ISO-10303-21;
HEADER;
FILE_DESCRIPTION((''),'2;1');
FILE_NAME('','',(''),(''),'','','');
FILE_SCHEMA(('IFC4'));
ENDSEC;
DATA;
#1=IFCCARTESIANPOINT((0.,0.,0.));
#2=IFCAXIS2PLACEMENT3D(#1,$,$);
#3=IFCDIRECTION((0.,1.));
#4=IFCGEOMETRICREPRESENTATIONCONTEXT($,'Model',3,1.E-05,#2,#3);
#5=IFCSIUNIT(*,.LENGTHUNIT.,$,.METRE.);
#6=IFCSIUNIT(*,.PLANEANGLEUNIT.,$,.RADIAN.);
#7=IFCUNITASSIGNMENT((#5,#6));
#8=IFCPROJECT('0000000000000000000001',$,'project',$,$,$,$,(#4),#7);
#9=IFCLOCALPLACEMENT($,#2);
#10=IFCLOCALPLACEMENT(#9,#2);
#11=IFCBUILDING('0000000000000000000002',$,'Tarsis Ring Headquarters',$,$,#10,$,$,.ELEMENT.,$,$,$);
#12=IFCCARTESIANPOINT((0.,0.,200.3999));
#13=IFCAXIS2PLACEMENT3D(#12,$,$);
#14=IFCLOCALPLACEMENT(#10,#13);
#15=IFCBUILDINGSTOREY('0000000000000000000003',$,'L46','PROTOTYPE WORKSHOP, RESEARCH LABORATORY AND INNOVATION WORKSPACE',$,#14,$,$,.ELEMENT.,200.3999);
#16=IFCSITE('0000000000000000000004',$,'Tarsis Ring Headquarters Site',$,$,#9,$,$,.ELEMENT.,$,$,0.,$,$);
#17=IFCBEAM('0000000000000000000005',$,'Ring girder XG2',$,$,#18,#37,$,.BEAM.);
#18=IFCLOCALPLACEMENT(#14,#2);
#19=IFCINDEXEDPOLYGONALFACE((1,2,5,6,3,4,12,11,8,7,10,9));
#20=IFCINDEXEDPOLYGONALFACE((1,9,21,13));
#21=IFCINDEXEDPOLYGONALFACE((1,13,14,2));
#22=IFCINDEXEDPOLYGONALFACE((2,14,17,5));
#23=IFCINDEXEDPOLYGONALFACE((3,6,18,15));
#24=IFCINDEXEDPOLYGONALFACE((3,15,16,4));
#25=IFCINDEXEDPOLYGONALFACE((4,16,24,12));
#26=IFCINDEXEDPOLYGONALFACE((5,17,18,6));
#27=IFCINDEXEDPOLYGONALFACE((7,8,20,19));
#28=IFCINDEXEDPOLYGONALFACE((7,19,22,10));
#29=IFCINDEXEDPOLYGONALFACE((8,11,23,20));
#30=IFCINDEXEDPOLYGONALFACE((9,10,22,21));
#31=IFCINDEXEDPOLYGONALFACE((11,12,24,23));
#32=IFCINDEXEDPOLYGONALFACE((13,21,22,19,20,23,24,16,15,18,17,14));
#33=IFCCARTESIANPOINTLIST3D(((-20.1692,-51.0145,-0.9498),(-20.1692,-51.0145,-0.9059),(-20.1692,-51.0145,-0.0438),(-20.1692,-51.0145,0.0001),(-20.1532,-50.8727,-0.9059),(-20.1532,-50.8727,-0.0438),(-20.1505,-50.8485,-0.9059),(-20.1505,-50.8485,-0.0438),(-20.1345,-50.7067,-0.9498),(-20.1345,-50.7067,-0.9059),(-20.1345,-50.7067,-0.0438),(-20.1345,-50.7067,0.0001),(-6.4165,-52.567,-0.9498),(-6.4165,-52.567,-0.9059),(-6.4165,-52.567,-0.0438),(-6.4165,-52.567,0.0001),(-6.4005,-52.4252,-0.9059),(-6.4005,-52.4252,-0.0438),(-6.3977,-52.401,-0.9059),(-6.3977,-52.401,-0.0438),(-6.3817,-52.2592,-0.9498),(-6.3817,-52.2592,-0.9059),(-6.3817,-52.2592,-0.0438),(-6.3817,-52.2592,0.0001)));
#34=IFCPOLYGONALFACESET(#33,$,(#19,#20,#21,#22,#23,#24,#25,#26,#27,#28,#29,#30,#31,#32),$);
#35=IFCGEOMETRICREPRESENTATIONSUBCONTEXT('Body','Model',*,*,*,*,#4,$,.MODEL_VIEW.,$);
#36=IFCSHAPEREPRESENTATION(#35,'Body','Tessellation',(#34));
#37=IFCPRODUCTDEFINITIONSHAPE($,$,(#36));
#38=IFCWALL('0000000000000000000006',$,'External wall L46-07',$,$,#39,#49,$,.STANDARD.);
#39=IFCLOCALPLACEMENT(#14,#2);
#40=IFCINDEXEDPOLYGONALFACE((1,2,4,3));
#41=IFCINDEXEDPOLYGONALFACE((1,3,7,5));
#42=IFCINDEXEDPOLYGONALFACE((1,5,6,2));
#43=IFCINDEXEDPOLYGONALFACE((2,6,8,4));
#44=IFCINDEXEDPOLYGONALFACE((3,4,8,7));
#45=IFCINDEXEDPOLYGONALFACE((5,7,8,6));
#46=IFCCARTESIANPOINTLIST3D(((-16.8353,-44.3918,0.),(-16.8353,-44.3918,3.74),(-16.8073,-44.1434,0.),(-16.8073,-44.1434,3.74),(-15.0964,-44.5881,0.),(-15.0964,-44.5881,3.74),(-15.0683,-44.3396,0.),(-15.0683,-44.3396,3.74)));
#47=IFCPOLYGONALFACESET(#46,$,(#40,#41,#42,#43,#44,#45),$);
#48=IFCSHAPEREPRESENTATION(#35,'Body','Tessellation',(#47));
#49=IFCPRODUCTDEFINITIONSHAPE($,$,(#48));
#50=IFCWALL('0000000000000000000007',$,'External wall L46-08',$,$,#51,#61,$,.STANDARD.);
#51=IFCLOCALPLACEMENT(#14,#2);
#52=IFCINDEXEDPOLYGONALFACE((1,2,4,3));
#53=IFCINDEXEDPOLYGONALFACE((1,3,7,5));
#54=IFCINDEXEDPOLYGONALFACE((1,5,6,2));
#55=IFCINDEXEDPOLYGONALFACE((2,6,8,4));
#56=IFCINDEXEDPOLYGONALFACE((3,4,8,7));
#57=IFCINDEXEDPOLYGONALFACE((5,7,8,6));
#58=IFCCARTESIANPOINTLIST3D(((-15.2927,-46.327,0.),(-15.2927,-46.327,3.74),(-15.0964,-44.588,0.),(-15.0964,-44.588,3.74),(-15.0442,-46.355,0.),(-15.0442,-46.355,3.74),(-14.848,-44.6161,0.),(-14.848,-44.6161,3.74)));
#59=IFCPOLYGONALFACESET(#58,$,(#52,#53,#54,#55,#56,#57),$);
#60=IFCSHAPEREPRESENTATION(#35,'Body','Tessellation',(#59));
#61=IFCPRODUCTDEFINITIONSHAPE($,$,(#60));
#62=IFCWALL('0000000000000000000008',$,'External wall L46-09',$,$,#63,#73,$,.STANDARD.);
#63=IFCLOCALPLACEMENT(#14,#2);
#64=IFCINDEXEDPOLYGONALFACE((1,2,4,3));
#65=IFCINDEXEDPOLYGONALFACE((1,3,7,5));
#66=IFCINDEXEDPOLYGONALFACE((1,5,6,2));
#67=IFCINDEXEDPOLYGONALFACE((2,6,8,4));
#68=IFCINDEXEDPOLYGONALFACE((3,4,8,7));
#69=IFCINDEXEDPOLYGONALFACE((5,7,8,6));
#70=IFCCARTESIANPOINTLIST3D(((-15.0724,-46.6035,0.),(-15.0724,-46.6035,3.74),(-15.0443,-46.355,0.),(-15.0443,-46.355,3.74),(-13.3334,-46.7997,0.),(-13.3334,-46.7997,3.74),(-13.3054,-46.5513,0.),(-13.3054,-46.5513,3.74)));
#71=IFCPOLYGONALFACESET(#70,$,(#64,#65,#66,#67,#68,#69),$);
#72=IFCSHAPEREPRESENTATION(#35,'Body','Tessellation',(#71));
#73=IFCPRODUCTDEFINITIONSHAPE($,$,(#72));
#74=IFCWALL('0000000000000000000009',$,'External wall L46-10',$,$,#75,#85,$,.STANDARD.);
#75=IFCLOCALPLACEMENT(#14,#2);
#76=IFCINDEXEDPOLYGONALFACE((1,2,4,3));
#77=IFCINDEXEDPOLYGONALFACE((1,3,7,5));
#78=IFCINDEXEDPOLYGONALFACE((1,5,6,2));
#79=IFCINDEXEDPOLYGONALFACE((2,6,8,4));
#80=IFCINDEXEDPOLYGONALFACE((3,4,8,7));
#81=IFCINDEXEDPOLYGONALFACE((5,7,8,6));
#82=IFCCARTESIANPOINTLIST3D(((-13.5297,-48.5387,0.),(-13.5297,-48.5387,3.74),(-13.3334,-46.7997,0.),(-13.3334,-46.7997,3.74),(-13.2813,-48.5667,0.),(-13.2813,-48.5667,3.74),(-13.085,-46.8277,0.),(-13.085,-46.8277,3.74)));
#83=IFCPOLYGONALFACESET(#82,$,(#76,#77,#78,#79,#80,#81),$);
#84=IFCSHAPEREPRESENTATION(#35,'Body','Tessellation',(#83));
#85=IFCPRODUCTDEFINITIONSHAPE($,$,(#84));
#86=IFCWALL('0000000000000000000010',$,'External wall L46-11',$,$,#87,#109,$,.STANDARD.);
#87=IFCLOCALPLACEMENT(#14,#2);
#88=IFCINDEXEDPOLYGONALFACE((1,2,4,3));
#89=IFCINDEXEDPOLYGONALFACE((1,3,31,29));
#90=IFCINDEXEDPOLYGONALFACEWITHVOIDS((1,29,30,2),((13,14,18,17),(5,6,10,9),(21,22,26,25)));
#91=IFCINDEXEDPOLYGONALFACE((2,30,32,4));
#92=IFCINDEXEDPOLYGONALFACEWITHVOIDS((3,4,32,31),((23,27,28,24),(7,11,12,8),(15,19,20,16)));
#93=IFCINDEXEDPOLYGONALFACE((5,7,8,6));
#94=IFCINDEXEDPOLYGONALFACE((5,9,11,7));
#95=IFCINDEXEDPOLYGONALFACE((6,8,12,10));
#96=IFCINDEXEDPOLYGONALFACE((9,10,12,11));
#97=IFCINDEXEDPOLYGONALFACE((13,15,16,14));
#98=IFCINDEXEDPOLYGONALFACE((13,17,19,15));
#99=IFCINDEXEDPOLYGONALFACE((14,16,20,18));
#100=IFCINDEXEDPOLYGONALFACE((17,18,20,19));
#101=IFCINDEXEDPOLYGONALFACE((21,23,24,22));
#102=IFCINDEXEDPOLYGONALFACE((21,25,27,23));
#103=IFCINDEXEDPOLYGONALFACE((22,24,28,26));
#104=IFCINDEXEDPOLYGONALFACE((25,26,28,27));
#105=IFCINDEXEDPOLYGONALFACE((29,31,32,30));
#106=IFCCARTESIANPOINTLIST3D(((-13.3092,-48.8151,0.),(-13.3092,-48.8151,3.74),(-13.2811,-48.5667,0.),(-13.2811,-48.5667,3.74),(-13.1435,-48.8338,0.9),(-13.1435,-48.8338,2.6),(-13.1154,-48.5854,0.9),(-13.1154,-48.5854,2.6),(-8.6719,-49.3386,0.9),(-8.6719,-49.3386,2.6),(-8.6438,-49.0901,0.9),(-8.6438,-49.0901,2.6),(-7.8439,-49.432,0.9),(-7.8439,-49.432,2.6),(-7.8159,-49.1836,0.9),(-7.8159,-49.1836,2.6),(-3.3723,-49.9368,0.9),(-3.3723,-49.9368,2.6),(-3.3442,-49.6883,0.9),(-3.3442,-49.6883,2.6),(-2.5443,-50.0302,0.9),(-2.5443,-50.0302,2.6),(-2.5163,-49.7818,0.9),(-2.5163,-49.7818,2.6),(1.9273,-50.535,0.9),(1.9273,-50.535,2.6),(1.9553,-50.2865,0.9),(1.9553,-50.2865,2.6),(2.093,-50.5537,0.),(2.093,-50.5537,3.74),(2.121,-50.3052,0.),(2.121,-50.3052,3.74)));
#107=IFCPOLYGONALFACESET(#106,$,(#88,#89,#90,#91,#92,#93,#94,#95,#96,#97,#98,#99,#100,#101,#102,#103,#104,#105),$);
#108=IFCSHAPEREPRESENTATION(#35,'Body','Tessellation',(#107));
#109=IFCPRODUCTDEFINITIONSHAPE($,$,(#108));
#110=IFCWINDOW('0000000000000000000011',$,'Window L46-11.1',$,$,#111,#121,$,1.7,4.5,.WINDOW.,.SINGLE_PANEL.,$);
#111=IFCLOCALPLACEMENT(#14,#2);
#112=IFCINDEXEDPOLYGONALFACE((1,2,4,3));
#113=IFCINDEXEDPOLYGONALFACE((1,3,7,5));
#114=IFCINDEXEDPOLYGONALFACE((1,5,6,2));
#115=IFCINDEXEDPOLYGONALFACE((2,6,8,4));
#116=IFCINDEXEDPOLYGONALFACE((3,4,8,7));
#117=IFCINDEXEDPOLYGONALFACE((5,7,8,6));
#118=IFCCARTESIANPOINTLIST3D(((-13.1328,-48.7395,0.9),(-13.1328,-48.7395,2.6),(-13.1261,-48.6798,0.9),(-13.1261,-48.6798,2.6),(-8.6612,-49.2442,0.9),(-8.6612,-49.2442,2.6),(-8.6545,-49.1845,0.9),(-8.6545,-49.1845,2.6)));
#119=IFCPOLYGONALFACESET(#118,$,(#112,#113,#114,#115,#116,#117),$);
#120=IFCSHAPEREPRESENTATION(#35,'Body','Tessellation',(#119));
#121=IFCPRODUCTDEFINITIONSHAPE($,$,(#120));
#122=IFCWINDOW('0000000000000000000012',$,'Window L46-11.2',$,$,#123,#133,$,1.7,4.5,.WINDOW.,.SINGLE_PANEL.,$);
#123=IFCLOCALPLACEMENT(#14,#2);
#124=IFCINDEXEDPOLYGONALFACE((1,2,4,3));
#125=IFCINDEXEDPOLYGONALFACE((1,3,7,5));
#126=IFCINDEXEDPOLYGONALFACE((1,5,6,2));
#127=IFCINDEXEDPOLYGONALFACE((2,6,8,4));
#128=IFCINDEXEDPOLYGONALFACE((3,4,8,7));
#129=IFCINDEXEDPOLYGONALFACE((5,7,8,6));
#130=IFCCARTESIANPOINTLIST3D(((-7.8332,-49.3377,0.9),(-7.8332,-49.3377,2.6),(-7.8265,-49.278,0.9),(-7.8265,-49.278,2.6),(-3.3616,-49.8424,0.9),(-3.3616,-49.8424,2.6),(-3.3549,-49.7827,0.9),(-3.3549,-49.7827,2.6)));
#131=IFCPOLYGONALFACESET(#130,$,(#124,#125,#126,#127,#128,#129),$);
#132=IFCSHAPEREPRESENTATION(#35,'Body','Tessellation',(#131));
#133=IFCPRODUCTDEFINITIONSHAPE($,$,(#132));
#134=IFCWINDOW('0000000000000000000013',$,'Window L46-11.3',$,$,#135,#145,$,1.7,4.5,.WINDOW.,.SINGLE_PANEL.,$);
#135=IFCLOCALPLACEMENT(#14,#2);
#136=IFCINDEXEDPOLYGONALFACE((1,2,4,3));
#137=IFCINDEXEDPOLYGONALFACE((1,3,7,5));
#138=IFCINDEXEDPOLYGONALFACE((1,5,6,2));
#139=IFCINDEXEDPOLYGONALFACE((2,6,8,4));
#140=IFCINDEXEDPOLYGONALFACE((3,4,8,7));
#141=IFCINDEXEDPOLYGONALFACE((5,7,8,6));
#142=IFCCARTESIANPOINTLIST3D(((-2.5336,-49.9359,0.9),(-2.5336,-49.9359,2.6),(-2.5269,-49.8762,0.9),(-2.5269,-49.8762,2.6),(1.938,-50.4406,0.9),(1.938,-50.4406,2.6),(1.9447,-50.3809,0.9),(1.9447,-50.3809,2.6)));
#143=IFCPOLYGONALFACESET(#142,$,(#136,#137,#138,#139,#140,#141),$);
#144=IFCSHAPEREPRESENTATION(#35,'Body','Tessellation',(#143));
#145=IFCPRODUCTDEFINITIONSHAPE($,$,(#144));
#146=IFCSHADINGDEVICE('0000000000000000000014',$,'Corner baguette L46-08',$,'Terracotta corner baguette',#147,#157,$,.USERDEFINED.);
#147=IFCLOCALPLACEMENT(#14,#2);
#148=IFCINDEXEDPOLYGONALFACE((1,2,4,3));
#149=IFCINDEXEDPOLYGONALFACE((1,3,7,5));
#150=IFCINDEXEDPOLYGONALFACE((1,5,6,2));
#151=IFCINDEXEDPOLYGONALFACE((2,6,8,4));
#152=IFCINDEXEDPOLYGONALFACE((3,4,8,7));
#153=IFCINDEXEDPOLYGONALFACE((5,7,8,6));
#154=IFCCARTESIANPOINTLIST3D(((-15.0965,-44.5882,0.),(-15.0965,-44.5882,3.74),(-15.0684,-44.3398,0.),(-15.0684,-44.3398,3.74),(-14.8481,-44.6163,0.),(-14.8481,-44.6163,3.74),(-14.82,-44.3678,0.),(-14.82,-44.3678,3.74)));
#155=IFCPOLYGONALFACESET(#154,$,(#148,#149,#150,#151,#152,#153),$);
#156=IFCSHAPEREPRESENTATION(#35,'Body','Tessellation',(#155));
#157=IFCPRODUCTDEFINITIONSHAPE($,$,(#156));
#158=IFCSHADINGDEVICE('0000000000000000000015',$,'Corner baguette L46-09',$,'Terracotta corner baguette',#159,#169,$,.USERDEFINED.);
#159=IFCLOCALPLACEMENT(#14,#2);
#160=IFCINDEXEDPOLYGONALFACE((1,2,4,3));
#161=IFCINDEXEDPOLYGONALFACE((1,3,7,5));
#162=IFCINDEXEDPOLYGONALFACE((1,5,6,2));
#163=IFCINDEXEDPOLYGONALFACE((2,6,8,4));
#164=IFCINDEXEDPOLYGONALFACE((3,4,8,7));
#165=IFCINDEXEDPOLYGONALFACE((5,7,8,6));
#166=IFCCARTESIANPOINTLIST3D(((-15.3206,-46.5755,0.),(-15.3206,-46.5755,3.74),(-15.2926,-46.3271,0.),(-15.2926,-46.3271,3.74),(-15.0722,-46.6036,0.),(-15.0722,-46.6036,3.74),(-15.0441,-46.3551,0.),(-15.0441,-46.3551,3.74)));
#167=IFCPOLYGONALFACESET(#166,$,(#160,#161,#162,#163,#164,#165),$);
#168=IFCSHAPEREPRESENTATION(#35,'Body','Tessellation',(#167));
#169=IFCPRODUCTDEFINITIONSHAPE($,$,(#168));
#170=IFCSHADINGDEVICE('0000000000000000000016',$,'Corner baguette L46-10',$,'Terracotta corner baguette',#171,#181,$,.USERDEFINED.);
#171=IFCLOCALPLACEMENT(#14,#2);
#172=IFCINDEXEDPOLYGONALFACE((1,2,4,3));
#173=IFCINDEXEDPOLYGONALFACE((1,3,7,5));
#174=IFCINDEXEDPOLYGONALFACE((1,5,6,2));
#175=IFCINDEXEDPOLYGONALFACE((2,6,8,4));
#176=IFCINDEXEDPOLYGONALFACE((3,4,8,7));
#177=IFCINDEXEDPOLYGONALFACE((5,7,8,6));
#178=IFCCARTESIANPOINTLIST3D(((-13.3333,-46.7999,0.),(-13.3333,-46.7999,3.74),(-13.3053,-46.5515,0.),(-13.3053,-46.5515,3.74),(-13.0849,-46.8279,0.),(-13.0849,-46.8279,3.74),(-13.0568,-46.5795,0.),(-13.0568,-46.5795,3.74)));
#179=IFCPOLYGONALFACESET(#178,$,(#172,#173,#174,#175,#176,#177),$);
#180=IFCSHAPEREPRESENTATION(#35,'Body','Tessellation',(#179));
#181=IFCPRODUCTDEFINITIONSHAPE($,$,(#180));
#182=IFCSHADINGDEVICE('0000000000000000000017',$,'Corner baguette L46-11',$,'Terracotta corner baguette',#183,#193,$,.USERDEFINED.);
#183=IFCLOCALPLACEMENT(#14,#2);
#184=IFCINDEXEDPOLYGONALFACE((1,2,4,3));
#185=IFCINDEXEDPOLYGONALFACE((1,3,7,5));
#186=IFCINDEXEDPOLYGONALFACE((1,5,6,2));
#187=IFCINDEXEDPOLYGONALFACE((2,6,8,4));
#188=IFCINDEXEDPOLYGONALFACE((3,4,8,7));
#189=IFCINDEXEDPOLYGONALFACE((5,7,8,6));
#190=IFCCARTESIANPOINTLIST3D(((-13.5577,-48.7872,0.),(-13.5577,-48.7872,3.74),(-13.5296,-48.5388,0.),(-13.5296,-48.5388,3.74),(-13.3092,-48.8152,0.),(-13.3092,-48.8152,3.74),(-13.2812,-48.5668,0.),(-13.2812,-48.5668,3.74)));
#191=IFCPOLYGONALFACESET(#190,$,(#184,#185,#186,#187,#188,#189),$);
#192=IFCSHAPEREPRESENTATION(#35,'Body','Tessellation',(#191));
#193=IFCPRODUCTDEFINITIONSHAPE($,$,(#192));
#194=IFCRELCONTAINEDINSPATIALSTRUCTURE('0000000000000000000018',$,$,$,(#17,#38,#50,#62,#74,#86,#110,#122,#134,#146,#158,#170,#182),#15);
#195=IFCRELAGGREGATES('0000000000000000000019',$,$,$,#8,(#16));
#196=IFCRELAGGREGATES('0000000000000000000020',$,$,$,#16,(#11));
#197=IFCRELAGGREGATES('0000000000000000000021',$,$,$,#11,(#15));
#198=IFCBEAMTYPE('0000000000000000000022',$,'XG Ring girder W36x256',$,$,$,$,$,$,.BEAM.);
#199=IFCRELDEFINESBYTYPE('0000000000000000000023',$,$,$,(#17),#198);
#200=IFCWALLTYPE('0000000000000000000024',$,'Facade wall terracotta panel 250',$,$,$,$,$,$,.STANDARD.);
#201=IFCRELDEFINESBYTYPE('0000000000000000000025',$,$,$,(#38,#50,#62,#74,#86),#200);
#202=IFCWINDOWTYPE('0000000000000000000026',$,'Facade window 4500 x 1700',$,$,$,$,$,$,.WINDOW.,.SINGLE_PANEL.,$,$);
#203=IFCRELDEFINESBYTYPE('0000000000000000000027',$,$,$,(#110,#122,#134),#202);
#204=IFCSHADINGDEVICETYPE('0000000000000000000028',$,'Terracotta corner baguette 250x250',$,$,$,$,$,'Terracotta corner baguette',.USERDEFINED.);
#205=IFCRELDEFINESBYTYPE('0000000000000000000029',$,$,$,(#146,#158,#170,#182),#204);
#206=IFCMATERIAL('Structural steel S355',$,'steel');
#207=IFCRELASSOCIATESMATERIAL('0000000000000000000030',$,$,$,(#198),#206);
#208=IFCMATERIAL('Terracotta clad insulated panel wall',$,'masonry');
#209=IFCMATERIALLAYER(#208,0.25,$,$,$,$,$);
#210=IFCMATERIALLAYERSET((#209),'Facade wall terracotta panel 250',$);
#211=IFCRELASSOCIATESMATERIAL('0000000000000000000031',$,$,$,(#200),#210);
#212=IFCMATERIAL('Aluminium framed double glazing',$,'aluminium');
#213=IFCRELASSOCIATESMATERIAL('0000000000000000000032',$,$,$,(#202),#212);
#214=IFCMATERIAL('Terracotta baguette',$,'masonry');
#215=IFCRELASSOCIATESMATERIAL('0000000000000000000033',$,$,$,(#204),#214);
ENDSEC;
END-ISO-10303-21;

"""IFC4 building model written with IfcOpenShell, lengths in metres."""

from ifc_helpers import new_model, si_unit, direction, frame, frame_2d, origin, origin_2d, place, context, subcontext, project, spatial, rectangle, i_section, extrude, material, layer, layer_set, material_profile, profile_set, type_object, element, fill, save


model = new_model("IFC4")

# Units and contexts
model_context = context("Model", 3, precision=1e-05, world=origin(), true_north=direction((0.0, 1.0)))
body_context = subcontext(model_context, "Body", "Model", "MODEL_VIEW")
ifc_project = project(units=[si_unit("LENGTHUNIT", "METRE"), si_unit("PLANEANGLEUNIT", "RADIAN")], contexts=[model_context])

# Site, building, storey
site_placement = place(None, origin())
site = spatial("IfcSite", under=ifc_project, at=site_placement, Name="Tarsis Ring Headquarters Site", CompositionType="ELEMENT", RefElevation=0.0)
building_placement = place(site_placement, origin())
building = spatial("IfcBuilding", under=site, at=building_placement, Name="Tarsis Ring Headquarters", CompositionType="ELEMENT")
storey_placement = place(building_placement, frame((0.0, 0.0, 200.3999)))
storey = spatial("IfcBuildingStorey", under=building, at=storey_placement, Name="L46", Description="PROTOTYPE WORKSHOP, RESEARCH LABORATORY AND INNOVATION WORKSPACE", CompositionType="ELEMENT", Elevation=200.3999)

# Shared definitions
ifc_material_1 = material(Name="Structural steel S355", Category="steel")

# Shared definitions
ifc_material_profile_1 = material_profile(ifc_material_1, i_section(OverallWidth=0.3098, OverallDepth=0.95, WebThickness=0.0244, FlangeThickness=0.0439, at=origin_2d()), Name="W36x256")
ifc_profile_set_1 = profile_set([ifc_material_profile_1], Name="Structural steel S355")

# Beam
beam_type_1 = type_object("IfcBeamType", Name="XG Ring girder W36x256", PredefinedType="BEAM", material=ifc_profile_set_1)
beam_placement = place(storey_placement, frame((-20.1519, -50.8606, -0.4749), z_axis=(0.993689, -0.112174, 0.0), x_axis=(0.112174, 0.993689, 0.0)))
element("IfcBeam", 1, at=beam_placement, inside=storey, type_object=beam_type_1, Name="Ring girder XG2", PredefinedType="BEAM", context=body_context, shape_type="SweptSolid", body=[
    extrude(i_section(OverallWidth=0.3098, OverallDepth=0.95, WebThickness=0.0244, FlangeThickness=0.0439, at=origin_2d()), origin(), (0.0, 0.0, 1.0), 13.8401),
])

# Walls
ifc_material_2 = material(Name="Terracotta clad insulated panel wall", Category="masonry")
ifc_layer = layer(ifc_material_2, 0.25)
ifc_layer_set = layer_set([ifc_layer], Name="Facade wall terracotta panel 250")
wall_type = type_object("IfcWallType", Name="Facade wall terracotta panel 250", PredefinedType="STANDARD", material=ifc_layer_set)
for number, where, z_axis, x_axis, name in (
    (2, (-16.8213, -44.2676, 0.0), (0.0, 0.0, 1.0), (0.99369, -0.112162, 0.0), "External wall L46-07"),
    (3, (-14.9722, -44.6021, 0.0), (0.0, 0.0, 1.0), (-0.112162, -0.99369, 0.0), "External wall L46-08"),
    (4, (-15.0583, -46.4792, 0.0), (0.0, 0.0, 1.0), (0.99369, -0.112162, 0.0), "External wall L46-09"),
    (5, (-13.2092, -46.8137, 0.0), (0.0, 0.0, 1.0), (-0.112162, -0.99369, 0.0), "External wall L46-10"),
):
    element("IfcWall", number, at=place(storey_placement, frame(where, z_axis=z_axis, x_axis=x_axis)), inside=storey, type_object=wall_type, Name=name, PredefinedType="STANDARD", context=body_context, shape_type="SweptSolid", body=[
        extrude(rectangle(XDim=1.75, YDim=0.25, at=frame_2d((0.875, 0.0))), origin(), (0.0, 0.0, 1.0), 3.74),
    ])

# Wall, openings, windows
wall_placement = place(storey_placement, frame((-13.2952, -48.6909, 0.0), z_axis=(0.0, 0.0, 1.0), x_axis=(0.99369, -0.112164, 0.0)))
wall = element("IfcWall", 6, at=wall_placement, inside=storey, type_object=wall_type, Name="External wall L46-11", PredefinedType="STANDARD", context=body_context, shape_type="SweptSolid", body=[
    extrude(rectangle(XDim=15.5, YDim=0.25, at=frame_2d((7.75, 0.0))), origin(), (0.0, 0.0, 1.0), 3.74),
])
opening_1_placement = place(wall_placement, frame((0.1667, 0.0, 0.8999)))
opening_1 = element("IfcOpeningElement", 7, at=opening_1_placement, cuts=wall, PredefinedType="OPENING", context=body_context, shape_type="SweptSolid", body=[
    extrude(rectangle(XDim=4.5, YDim=1.7, at=frame_2d((2.25, 0.8501))), frame((0.0, 0.135, 0.0), z_axis=(0.0, -1.0, 0.0), x_axis=(1.0, 0.0, 0.0)), (0.0, 0.0, 1.0), 0.27),
])
opening_2_placement = place(wall_placement, frame((5.5, 0.0, 0.8999)))
opening_2 = element("IfcOpeningElement", 8, at=opening_2_placement, cuts=wall, PredefinedType="OPENING", context=body_context, shape_type="SweptSolid", body=[
    extrude(rectangle(XDim=4.5, YDim=1.7, at=frame_2d((2.25, 0.8501))), frame((0.0, 0.135, 0.0), z_axis=(0.0, -1.0, 0.0), x_axis=(1.0, 0.0, 0.0)), (0.0, 0.0, 1.0), 0.27),
])
opening_3_placement = place(wall_placement, frame((10.8333, 0.0, 0.8999)))
opening_3 = element("IfcOpeningElement", 9, at=opening_3_placement, cuts=wall, PredefinedType="OPENING", context=body_context, shape_type="SweptSolid", body=[
    extrude(rectangle(XDim=4.5, YDim=1.7, at=frame_2d((2.25, 0.8501))), frame((0.0, 0.135, 0.0), z_axis=(0.0, -1.0, 0.0), x_axis=(1.0, 0.0, 0.0)), (0.0, 0.0, 1.0), 0.27),
])
ifc_material_3 = material(Name="Aluminium framed double glazing", Category="aluminium")
window_type = type_object("IfcWindowType", Name="Facade window 4500 x 1700", PartitioningType="SINGLE_PANEL", PredefinedType="WINDOW", material=ifc_material_3)
window_1_placement = place(opening_1_placement, origin())
window_1 = element("IfcWindow", 10, at=window_1_placement, inside=storey, type_object=window_type, Name="Window L46-11.1", OverallHeight=1.7, OverallWidth=4.5, PartitioningType="SINGLE_PANEL", PredefinedType="WINDOW", context=body_context, shape_type="SweptSolid", body=[
    extrude(rectangle(XDim=4.5, YDim=1.7, at=frame_2d((2.25, 0.8501))), frame((0.0, 0.03, 0.0), z_axis=(0.0, -1.0, 0.0), x_axis=(1.0, 0.0, 0.0)), (0.0, 0.0, 1.0), 0.0601),
])
fill(opening_1, window_1)
window_2_placement = place(opening_2_placement, origin())
window_2 = element("IfcWindow", 11, at=window_2_placement, inside=storey, type_object=window_type, Name="Window L46-11.2", OverallHeight=1.7, OverallWidth=4.5, PartitioningType="SINGLE_PANEL", PredefinedType="WINDOW", context=body_context, shape_type="SweptSolid", body=[
    extrude(rectangle(XDim=4.5, YDim=1.7, at=frame_2d((2.25, 0.8501))), frame((0.0, 0.03, 0.0), z_axis=(0.0, -1.0, 0.0), x_axis=(1.0, 0.0, 0.0)), (0.0, 0.0, 1.0), 0.0601),
])
fill(opening_2, window_2)
window_3_placement = place(opening_3_placement, origin())
window_3 = element("IfcWindow", 12, at=window_3_placement, inside=storey, type_object=window_type, Name="Window L46-11.3", OverallHeight=1.7, OverallWidth=4.5, PartitioningType="SINGLE_PANEL", PredefinedType="WINDOW", context=body_context, shape_type="SweptSolid", body=[
    extrude(rectangle(XDim=4.5, YDim=1.7, at=frame_2d((2.25, 0.8501))), frame((0.0, 0.03, 0.0), z_axis=(0.0, -1.0, 0.0), x_axis=(1.0, 0.0, 0.0)), (0.0, 0.0, 1.0), 0.0601),
])
fill(opening_3, window_3)

# Shading devices
ifc_material_4 = material(Name="Terracotta baguette", Category="masonry")
shading_device_type_1 = type_object("IfcShadingDeviceType", Name="Terracotta corner baguette 250x250", ElementType="Terracotta corner baguette", PredefinedType="USERDEFINED", material=ifc_material_4)
for number, where, z_axis, x_axis, name in (
    (13, (-14.9583, -44.478, 0.0), (0.0, 0.0, 1.0), (0.99369, -0.112162, 0.0), "Corner baguette L46-08"),
    (14, (-15.1824, -46.4653, 0.0), (0.0, 0.0, 1.0), (-0.112162, -0.99369, 0.0), "Corner baguette L46-09"),
    (15, (-13.1951, -46.6897, 0.0), (0.0, 0.0, 1.0), (0.99369, -0.112163, 0.0), "Corner baguette L46-10"),
    (16, (-13.4194, -48.677, 0.0), (0.0, 0.0, 1.0), (-0.112162, -0.99369, 0.0), "Corner baguette L46-11"),
):
    element("IfcShadingDevice", number, at=place(storey_placement, frame(where, z_axis=z_axis, x_axis=x_axis)), inside=storey, type_object=shading_device_type_1, Name=name, ObjectType="Terracotta corner baguette", PredefinedType="USERDEFINED", context=body_context, shape_type="SweptSolid", body=[
        extrude(rectangle(XDim=0.25, YDim=0.25, at=origin_2d()), origin(), (0.0, 0.0, 1.0), 3.74),
    ])

save(model, "model.ifc")
